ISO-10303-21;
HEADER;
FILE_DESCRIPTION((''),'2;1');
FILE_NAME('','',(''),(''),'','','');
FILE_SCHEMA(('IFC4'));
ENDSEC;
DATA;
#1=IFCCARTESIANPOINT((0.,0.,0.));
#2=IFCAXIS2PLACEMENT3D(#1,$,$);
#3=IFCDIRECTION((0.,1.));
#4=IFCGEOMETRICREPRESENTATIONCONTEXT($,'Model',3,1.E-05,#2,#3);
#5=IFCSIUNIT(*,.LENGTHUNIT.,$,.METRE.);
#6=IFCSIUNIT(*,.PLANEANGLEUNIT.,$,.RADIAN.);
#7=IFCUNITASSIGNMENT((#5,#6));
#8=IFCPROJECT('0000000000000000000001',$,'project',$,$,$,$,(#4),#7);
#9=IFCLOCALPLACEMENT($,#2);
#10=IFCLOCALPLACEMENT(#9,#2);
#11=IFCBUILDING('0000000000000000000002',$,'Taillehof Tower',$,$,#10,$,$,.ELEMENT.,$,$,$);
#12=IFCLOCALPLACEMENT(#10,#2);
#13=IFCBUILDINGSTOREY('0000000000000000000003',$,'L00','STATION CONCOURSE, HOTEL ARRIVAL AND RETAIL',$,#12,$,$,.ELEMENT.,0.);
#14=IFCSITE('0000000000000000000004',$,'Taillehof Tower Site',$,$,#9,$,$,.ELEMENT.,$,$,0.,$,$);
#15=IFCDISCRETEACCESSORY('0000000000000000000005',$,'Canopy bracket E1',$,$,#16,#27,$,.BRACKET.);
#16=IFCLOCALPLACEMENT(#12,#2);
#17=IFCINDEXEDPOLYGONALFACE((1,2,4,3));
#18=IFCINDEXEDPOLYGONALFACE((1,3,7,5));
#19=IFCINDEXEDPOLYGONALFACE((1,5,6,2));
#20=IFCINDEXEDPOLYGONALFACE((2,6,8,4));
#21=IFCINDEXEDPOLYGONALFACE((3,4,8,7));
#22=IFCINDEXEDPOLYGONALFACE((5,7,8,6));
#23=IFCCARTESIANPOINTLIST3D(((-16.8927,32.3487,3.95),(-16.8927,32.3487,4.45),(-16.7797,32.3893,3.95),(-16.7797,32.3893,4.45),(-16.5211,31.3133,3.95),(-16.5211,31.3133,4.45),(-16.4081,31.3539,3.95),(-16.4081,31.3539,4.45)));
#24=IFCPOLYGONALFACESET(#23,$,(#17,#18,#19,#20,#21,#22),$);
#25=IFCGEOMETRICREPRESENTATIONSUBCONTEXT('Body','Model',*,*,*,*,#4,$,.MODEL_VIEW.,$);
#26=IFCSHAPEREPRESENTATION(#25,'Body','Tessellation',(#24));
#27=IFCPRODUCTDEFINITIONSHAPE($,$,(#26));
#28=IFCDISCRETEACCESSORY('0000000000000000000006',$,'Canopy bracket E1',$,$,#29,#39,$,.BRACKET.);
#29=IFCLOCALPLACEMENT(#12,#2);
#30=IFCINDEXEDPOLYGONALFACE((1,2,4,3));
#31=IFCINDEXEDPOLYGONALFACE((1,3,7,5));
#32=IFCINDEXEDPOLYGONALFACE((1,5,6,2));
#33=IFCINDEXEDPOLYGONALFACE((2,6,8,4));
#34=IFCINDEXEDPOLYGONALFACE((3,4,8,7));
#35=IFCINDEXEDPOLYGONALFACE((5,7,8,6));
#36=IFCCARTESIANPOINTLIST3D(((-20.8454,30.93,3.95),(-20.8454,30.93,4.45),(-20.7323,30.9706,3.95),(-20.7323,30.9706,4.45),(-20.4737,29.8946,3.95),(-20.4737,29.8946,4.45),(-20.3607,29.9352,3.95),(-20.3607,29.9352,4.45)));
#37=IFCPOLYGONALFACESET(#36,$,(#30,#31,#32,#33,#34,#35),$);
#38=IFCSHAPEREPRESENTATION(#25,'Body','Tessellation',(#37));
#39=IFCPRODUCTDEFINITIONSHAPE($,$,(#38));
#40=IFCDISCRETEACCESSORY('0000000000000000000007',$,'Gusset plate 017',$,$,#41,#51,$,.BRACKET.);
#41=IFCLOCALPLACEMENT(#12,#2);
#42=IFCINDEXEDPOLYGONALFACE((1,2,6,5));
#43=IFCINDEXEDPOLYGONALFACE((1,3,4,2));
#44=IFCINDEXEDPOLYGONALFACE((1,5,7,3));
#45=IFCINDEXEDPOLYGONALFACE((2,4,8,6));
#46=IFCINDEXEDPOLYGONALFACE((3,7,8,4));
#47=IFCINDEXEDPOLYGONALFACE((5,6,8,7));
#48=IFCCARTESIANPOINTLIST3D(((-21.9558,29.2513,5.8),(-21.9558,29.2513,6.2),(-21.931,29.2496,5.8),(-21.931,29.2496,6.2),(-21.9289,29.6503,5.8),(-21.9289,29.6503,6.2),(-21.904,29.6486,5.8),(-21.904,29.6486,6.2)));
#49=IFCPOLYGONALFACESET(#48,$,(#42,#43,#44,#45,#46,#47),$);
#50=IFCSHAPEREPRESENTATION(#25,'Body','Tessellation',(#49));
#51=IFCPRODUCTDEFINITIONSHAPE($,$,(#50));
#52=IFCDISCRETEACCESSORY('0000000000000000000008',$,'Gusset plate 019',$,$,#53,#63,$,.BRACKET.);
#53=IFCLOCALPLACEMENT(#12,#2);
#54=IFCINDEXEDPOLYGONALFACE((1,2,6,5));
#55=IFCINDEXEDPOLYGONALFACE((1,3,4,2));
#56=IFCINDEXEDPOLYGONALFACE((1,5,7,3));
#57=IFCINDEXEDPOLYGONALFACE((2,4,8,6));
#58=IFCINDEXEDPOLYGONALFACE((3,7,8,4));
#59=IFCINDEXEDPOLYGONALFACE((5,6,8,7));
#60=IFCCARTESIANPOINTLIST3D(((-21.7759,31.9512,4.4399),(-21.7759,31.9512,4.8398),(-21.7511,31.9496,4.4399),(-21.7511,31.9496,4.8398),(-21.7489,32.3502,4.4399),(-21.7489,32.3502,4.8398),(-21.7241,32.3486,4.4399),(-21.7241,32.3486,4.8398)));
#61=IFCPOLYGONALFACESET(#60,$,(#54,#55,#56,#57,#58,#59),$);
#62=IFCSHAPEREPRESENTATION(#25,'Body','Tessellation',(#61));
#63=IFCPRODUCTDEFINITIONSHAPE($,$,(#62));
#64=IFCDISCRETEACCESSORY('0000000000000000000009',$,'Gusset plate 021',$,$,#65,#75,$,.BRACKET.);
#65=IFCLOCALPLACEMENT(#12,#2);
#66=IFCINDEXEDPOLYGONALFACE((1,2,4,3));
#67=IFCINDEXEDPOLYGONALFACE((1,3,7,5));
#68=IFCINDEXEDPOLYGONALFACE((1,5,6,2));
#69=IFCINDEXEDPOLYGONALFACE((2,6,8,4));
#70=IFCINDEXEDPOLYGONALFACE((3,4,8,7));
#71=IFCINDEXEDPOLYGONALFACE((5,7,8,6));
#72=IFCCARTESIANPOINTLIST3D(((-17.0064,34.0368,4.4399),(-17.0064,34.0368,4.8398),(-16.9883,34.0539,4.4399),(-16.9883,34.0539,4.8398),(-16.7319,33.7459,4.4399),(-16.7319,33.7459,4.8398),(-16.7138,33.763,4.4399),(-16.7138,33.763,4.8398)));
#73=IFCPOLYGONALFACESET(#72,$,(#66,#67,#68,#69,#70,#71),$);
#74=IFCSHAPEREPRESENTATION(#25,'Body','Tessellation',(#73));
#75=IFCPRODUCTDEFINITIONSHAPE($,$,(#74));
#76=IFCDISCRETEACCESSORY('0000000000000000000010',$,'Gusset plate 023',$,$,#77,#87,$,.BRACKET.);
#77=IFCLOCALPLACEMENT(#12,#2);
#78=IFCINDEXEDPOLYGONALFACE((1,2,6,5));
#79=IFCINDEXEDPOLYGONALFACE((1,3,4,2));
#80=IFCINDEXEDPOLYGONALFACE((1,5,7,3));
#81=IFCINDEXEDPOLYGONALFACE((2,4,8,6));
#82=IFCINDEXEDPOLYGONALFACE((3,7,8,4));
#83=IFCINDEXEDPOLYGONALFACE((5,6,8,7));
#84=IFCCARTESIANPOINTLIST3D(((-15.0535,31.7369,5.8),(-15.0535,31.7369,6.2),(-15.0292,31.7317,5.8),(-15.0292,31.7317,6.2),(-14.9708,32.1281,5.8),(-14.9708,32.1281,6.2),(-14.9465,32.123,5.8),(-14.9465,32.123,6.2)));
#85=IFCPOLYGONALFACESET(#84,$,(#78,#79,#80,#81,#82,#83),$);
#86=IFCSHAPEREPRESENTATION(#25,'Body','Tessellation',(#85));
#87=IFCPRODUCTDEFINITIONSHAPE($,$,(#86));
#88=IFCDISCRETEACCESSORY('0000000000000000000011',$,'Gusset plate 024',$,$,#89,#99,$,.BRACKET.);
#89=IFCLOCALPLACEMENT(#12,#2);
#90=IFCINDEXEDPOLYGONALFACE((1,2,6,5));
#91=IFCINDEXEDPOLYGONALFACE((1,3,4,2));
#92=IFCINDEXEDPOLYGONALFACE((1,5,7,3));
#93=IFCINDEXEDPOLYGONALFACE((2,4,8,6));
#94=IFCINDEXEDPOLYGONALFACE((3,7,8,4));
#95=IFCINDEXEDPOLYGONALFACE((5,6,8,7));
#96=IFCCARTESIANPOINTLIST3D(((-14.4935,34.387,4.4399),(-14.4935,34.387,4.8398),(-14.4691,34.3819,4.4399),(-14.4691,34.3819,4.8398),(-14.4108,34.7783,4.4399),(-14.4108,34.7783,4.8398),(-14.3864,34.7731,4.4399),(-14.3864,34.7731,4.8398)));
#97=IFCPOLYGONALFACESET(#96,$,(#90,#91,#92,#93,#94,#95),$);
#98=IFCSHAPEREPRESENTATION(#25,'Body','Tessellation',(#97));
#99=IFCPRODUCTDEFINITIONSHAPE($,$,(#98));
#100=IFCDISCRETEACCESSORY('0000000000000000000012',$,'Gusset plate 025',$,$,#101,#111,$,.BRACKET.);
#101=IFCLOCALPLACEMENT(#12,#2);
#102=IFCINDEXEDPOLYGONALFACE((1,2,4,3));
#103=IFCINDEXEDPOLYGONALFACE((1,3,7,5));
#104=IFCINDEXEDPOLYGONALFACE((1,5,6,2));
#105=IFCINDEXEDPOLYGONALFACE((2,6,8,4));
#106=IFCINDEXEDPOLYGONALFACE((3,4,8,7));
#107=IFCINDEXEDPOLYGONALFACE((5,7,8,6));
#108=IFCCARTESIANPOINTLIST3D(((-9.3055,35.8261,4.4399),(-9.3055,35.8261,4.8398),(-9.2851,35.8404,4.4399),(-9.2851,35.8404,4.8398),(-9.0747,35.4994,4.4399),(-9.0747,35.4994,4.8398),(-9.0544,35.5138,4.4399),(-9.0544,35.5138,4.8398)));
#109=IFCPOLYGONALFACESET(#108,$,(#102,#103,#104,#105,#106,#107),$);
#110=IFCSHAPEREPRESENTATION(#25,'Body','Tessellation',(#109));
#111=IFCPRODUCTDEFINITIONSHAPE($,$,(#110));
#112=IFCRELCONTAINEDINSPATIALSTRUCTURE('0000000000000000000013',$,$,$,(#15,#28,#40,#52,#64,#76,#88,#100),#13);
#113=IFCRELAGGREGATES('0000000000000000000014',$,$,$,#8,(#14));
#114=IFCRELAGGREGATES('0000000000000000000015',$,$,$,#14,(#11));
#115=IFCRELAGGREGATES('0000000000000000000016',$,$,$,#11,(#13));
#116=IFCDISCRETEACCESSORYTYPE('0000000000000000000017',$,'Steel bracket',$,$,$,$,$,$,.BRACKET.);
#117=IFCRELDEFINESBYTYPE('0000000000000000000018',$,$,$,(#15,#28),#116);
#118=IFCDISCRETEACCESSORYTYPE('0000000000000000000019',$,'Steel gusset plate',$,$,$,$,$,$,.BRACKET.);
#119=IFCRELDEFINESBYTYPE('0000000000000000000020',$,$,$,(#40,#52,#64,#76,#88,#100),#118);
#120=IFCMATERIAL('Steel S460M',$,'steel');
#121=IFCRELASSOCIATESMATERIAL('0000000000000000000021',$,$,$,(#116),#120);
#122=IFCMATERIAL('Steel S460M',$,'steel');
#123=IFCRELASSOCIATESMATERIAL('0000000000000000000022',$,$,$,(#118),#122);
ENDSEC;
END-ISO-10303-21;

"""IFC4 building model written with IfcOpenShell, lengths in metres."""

from ifc_helpers import new_model, si_unit, direction, frame, origin, origin_2d, place, context, subcontext, project, spatial, rectangle, extrude, material, type_object, element, save


model = new_model("IFC4")

# Units and contexts
model_context = context("Model", 3, precision=1e-05, world=origin(), true_north=direction((0.0, 1.0)))
body_context = subcontext(model_context, "Body", "Model", "MODEL_VIEW")
ifc_project = project(units=[si_unit("LENGTHUNIT", "METRE"), si_unit("PLANEANGLEUNIT", "RADIAN")], contexts=[model_context])

# Site, building, storey
site_placement = place(None, origin())
site = spatial("IfcSite", under=ifc_project, at=site_placement, Name="Taillehof Tower Site", CompositionType="ELEMENT", RefElevation=0.0)
building_placement = place(site_placement, origin())
building = spatial("IfcBuilding", under=site, at=building_placement, Name="Taillehof Tower", CompositionType="ELEMENT")
storey_placement = place(building_placement, origin())
storey = spatial("IfcBuildingStorey", under=building, at=storey_placement, Name="L00", Description="STATION CONCOURSE, HOTEL ARRIVAL AND RETAIL", CompositionType="ELEMENT", Elevation=0.0)

# Discrete accessories
ifc_material_1 = material(Name="Steel S460M", Category="steel")
discrete_accessory_type_1 = type_object("IfcDiscreteAccessoryType", Name="Steel bracket", PredefinedType="BRACKET", material=ifc_material_1)
for number, where, z_axis, x_axis, name in (
    (1, (-16.6504, 31.8513, 3.95), (0.0, 0.0, 1.0), (-0.337798, 0.941218, 0.0), "Canopy bracket E1"),
    (2, (-20.603, 30.4326, 3.95), (0.0, 0.0, 1.0), (-0.337798, 0.941218, 0.0), "Canopy bracket E1"),
):
    element("IfcDiscreteAccessory", number, at=place(storey_placement, frame(where, z_axis=z_axis, x_axis=x_axis)), inside=storey, type_object=discrete_accessory_type_1, Name=name, PredefinedType="BRACKET", context=body_context, shape_type="SweptSolid", body=[
        extrude(rectangle(XDim=1.1001, YDim=0.1201, at=origin_2d()), origin(), (0.0, 0.0, 1.0), 0.5),
    ])
ifc_material_2 = material(Name="Steel S460M", Category="steel")
discrete_accessory_type_2 = type_object("IfcDiscreteAccessoryType", Name="Steel gusset plate", PredefinedType="BRACKET", material=ifc_material_2)
for number, where, z_axis, x_axis, name in (
    (3, (-21.9299, 29.45, 5.8), (0.0, 0.0, 1.0), (-0.067477, -0.997721, 0.0), "Gusset plate 017"),
    (4, (-21.75, 32.1499, 4.4399), (0.0, 0.0, 1.0), (-0.067477, -0.997721, 0.0), "Gusset plate 019"),
    (5, (-16.8601, 33.8999, 4.4399), (0.0, 0.0, 1.0), (0.686251, -0.727364, 0.0), "Gusset plate 021"),
    (6, (-15.0, 31.9299, 5.8), (0.0, 0.0, 1.0), (-0.206887, -0.978365, 0.0), "Gusset plate 023"),
    (7, (-14.4399, 34.5801, 4.4399), (0.0, 0.0, 1.0), (-0.206887, -0.978365, 0.0), "Gusset plate 024"),
    (8, (-9.1799, 35.6699, 4.4399), (0.0, 0.0, 1.0), (0.576929, -0.816795, 0.0), "Gusset plate 025"),
):
    element("IfcDiscreteAccessory", number, at=place(storey_placement, frame(where, z_axis=z_axis, x_axis=x_axis)), inside=storey, type_object=discrete_accessory_type_2, Name=name, PredefinedType="BRACKET", context=body_context, shape_type="SweptSolid", body=[
        extrude(rectangle(XDim=0.3999, YDim=0.0249, at=origin_2d()), origin(), (0.0, 0.0, 1.0), 0.3999),
    ])

save(model, "model.ifc")
